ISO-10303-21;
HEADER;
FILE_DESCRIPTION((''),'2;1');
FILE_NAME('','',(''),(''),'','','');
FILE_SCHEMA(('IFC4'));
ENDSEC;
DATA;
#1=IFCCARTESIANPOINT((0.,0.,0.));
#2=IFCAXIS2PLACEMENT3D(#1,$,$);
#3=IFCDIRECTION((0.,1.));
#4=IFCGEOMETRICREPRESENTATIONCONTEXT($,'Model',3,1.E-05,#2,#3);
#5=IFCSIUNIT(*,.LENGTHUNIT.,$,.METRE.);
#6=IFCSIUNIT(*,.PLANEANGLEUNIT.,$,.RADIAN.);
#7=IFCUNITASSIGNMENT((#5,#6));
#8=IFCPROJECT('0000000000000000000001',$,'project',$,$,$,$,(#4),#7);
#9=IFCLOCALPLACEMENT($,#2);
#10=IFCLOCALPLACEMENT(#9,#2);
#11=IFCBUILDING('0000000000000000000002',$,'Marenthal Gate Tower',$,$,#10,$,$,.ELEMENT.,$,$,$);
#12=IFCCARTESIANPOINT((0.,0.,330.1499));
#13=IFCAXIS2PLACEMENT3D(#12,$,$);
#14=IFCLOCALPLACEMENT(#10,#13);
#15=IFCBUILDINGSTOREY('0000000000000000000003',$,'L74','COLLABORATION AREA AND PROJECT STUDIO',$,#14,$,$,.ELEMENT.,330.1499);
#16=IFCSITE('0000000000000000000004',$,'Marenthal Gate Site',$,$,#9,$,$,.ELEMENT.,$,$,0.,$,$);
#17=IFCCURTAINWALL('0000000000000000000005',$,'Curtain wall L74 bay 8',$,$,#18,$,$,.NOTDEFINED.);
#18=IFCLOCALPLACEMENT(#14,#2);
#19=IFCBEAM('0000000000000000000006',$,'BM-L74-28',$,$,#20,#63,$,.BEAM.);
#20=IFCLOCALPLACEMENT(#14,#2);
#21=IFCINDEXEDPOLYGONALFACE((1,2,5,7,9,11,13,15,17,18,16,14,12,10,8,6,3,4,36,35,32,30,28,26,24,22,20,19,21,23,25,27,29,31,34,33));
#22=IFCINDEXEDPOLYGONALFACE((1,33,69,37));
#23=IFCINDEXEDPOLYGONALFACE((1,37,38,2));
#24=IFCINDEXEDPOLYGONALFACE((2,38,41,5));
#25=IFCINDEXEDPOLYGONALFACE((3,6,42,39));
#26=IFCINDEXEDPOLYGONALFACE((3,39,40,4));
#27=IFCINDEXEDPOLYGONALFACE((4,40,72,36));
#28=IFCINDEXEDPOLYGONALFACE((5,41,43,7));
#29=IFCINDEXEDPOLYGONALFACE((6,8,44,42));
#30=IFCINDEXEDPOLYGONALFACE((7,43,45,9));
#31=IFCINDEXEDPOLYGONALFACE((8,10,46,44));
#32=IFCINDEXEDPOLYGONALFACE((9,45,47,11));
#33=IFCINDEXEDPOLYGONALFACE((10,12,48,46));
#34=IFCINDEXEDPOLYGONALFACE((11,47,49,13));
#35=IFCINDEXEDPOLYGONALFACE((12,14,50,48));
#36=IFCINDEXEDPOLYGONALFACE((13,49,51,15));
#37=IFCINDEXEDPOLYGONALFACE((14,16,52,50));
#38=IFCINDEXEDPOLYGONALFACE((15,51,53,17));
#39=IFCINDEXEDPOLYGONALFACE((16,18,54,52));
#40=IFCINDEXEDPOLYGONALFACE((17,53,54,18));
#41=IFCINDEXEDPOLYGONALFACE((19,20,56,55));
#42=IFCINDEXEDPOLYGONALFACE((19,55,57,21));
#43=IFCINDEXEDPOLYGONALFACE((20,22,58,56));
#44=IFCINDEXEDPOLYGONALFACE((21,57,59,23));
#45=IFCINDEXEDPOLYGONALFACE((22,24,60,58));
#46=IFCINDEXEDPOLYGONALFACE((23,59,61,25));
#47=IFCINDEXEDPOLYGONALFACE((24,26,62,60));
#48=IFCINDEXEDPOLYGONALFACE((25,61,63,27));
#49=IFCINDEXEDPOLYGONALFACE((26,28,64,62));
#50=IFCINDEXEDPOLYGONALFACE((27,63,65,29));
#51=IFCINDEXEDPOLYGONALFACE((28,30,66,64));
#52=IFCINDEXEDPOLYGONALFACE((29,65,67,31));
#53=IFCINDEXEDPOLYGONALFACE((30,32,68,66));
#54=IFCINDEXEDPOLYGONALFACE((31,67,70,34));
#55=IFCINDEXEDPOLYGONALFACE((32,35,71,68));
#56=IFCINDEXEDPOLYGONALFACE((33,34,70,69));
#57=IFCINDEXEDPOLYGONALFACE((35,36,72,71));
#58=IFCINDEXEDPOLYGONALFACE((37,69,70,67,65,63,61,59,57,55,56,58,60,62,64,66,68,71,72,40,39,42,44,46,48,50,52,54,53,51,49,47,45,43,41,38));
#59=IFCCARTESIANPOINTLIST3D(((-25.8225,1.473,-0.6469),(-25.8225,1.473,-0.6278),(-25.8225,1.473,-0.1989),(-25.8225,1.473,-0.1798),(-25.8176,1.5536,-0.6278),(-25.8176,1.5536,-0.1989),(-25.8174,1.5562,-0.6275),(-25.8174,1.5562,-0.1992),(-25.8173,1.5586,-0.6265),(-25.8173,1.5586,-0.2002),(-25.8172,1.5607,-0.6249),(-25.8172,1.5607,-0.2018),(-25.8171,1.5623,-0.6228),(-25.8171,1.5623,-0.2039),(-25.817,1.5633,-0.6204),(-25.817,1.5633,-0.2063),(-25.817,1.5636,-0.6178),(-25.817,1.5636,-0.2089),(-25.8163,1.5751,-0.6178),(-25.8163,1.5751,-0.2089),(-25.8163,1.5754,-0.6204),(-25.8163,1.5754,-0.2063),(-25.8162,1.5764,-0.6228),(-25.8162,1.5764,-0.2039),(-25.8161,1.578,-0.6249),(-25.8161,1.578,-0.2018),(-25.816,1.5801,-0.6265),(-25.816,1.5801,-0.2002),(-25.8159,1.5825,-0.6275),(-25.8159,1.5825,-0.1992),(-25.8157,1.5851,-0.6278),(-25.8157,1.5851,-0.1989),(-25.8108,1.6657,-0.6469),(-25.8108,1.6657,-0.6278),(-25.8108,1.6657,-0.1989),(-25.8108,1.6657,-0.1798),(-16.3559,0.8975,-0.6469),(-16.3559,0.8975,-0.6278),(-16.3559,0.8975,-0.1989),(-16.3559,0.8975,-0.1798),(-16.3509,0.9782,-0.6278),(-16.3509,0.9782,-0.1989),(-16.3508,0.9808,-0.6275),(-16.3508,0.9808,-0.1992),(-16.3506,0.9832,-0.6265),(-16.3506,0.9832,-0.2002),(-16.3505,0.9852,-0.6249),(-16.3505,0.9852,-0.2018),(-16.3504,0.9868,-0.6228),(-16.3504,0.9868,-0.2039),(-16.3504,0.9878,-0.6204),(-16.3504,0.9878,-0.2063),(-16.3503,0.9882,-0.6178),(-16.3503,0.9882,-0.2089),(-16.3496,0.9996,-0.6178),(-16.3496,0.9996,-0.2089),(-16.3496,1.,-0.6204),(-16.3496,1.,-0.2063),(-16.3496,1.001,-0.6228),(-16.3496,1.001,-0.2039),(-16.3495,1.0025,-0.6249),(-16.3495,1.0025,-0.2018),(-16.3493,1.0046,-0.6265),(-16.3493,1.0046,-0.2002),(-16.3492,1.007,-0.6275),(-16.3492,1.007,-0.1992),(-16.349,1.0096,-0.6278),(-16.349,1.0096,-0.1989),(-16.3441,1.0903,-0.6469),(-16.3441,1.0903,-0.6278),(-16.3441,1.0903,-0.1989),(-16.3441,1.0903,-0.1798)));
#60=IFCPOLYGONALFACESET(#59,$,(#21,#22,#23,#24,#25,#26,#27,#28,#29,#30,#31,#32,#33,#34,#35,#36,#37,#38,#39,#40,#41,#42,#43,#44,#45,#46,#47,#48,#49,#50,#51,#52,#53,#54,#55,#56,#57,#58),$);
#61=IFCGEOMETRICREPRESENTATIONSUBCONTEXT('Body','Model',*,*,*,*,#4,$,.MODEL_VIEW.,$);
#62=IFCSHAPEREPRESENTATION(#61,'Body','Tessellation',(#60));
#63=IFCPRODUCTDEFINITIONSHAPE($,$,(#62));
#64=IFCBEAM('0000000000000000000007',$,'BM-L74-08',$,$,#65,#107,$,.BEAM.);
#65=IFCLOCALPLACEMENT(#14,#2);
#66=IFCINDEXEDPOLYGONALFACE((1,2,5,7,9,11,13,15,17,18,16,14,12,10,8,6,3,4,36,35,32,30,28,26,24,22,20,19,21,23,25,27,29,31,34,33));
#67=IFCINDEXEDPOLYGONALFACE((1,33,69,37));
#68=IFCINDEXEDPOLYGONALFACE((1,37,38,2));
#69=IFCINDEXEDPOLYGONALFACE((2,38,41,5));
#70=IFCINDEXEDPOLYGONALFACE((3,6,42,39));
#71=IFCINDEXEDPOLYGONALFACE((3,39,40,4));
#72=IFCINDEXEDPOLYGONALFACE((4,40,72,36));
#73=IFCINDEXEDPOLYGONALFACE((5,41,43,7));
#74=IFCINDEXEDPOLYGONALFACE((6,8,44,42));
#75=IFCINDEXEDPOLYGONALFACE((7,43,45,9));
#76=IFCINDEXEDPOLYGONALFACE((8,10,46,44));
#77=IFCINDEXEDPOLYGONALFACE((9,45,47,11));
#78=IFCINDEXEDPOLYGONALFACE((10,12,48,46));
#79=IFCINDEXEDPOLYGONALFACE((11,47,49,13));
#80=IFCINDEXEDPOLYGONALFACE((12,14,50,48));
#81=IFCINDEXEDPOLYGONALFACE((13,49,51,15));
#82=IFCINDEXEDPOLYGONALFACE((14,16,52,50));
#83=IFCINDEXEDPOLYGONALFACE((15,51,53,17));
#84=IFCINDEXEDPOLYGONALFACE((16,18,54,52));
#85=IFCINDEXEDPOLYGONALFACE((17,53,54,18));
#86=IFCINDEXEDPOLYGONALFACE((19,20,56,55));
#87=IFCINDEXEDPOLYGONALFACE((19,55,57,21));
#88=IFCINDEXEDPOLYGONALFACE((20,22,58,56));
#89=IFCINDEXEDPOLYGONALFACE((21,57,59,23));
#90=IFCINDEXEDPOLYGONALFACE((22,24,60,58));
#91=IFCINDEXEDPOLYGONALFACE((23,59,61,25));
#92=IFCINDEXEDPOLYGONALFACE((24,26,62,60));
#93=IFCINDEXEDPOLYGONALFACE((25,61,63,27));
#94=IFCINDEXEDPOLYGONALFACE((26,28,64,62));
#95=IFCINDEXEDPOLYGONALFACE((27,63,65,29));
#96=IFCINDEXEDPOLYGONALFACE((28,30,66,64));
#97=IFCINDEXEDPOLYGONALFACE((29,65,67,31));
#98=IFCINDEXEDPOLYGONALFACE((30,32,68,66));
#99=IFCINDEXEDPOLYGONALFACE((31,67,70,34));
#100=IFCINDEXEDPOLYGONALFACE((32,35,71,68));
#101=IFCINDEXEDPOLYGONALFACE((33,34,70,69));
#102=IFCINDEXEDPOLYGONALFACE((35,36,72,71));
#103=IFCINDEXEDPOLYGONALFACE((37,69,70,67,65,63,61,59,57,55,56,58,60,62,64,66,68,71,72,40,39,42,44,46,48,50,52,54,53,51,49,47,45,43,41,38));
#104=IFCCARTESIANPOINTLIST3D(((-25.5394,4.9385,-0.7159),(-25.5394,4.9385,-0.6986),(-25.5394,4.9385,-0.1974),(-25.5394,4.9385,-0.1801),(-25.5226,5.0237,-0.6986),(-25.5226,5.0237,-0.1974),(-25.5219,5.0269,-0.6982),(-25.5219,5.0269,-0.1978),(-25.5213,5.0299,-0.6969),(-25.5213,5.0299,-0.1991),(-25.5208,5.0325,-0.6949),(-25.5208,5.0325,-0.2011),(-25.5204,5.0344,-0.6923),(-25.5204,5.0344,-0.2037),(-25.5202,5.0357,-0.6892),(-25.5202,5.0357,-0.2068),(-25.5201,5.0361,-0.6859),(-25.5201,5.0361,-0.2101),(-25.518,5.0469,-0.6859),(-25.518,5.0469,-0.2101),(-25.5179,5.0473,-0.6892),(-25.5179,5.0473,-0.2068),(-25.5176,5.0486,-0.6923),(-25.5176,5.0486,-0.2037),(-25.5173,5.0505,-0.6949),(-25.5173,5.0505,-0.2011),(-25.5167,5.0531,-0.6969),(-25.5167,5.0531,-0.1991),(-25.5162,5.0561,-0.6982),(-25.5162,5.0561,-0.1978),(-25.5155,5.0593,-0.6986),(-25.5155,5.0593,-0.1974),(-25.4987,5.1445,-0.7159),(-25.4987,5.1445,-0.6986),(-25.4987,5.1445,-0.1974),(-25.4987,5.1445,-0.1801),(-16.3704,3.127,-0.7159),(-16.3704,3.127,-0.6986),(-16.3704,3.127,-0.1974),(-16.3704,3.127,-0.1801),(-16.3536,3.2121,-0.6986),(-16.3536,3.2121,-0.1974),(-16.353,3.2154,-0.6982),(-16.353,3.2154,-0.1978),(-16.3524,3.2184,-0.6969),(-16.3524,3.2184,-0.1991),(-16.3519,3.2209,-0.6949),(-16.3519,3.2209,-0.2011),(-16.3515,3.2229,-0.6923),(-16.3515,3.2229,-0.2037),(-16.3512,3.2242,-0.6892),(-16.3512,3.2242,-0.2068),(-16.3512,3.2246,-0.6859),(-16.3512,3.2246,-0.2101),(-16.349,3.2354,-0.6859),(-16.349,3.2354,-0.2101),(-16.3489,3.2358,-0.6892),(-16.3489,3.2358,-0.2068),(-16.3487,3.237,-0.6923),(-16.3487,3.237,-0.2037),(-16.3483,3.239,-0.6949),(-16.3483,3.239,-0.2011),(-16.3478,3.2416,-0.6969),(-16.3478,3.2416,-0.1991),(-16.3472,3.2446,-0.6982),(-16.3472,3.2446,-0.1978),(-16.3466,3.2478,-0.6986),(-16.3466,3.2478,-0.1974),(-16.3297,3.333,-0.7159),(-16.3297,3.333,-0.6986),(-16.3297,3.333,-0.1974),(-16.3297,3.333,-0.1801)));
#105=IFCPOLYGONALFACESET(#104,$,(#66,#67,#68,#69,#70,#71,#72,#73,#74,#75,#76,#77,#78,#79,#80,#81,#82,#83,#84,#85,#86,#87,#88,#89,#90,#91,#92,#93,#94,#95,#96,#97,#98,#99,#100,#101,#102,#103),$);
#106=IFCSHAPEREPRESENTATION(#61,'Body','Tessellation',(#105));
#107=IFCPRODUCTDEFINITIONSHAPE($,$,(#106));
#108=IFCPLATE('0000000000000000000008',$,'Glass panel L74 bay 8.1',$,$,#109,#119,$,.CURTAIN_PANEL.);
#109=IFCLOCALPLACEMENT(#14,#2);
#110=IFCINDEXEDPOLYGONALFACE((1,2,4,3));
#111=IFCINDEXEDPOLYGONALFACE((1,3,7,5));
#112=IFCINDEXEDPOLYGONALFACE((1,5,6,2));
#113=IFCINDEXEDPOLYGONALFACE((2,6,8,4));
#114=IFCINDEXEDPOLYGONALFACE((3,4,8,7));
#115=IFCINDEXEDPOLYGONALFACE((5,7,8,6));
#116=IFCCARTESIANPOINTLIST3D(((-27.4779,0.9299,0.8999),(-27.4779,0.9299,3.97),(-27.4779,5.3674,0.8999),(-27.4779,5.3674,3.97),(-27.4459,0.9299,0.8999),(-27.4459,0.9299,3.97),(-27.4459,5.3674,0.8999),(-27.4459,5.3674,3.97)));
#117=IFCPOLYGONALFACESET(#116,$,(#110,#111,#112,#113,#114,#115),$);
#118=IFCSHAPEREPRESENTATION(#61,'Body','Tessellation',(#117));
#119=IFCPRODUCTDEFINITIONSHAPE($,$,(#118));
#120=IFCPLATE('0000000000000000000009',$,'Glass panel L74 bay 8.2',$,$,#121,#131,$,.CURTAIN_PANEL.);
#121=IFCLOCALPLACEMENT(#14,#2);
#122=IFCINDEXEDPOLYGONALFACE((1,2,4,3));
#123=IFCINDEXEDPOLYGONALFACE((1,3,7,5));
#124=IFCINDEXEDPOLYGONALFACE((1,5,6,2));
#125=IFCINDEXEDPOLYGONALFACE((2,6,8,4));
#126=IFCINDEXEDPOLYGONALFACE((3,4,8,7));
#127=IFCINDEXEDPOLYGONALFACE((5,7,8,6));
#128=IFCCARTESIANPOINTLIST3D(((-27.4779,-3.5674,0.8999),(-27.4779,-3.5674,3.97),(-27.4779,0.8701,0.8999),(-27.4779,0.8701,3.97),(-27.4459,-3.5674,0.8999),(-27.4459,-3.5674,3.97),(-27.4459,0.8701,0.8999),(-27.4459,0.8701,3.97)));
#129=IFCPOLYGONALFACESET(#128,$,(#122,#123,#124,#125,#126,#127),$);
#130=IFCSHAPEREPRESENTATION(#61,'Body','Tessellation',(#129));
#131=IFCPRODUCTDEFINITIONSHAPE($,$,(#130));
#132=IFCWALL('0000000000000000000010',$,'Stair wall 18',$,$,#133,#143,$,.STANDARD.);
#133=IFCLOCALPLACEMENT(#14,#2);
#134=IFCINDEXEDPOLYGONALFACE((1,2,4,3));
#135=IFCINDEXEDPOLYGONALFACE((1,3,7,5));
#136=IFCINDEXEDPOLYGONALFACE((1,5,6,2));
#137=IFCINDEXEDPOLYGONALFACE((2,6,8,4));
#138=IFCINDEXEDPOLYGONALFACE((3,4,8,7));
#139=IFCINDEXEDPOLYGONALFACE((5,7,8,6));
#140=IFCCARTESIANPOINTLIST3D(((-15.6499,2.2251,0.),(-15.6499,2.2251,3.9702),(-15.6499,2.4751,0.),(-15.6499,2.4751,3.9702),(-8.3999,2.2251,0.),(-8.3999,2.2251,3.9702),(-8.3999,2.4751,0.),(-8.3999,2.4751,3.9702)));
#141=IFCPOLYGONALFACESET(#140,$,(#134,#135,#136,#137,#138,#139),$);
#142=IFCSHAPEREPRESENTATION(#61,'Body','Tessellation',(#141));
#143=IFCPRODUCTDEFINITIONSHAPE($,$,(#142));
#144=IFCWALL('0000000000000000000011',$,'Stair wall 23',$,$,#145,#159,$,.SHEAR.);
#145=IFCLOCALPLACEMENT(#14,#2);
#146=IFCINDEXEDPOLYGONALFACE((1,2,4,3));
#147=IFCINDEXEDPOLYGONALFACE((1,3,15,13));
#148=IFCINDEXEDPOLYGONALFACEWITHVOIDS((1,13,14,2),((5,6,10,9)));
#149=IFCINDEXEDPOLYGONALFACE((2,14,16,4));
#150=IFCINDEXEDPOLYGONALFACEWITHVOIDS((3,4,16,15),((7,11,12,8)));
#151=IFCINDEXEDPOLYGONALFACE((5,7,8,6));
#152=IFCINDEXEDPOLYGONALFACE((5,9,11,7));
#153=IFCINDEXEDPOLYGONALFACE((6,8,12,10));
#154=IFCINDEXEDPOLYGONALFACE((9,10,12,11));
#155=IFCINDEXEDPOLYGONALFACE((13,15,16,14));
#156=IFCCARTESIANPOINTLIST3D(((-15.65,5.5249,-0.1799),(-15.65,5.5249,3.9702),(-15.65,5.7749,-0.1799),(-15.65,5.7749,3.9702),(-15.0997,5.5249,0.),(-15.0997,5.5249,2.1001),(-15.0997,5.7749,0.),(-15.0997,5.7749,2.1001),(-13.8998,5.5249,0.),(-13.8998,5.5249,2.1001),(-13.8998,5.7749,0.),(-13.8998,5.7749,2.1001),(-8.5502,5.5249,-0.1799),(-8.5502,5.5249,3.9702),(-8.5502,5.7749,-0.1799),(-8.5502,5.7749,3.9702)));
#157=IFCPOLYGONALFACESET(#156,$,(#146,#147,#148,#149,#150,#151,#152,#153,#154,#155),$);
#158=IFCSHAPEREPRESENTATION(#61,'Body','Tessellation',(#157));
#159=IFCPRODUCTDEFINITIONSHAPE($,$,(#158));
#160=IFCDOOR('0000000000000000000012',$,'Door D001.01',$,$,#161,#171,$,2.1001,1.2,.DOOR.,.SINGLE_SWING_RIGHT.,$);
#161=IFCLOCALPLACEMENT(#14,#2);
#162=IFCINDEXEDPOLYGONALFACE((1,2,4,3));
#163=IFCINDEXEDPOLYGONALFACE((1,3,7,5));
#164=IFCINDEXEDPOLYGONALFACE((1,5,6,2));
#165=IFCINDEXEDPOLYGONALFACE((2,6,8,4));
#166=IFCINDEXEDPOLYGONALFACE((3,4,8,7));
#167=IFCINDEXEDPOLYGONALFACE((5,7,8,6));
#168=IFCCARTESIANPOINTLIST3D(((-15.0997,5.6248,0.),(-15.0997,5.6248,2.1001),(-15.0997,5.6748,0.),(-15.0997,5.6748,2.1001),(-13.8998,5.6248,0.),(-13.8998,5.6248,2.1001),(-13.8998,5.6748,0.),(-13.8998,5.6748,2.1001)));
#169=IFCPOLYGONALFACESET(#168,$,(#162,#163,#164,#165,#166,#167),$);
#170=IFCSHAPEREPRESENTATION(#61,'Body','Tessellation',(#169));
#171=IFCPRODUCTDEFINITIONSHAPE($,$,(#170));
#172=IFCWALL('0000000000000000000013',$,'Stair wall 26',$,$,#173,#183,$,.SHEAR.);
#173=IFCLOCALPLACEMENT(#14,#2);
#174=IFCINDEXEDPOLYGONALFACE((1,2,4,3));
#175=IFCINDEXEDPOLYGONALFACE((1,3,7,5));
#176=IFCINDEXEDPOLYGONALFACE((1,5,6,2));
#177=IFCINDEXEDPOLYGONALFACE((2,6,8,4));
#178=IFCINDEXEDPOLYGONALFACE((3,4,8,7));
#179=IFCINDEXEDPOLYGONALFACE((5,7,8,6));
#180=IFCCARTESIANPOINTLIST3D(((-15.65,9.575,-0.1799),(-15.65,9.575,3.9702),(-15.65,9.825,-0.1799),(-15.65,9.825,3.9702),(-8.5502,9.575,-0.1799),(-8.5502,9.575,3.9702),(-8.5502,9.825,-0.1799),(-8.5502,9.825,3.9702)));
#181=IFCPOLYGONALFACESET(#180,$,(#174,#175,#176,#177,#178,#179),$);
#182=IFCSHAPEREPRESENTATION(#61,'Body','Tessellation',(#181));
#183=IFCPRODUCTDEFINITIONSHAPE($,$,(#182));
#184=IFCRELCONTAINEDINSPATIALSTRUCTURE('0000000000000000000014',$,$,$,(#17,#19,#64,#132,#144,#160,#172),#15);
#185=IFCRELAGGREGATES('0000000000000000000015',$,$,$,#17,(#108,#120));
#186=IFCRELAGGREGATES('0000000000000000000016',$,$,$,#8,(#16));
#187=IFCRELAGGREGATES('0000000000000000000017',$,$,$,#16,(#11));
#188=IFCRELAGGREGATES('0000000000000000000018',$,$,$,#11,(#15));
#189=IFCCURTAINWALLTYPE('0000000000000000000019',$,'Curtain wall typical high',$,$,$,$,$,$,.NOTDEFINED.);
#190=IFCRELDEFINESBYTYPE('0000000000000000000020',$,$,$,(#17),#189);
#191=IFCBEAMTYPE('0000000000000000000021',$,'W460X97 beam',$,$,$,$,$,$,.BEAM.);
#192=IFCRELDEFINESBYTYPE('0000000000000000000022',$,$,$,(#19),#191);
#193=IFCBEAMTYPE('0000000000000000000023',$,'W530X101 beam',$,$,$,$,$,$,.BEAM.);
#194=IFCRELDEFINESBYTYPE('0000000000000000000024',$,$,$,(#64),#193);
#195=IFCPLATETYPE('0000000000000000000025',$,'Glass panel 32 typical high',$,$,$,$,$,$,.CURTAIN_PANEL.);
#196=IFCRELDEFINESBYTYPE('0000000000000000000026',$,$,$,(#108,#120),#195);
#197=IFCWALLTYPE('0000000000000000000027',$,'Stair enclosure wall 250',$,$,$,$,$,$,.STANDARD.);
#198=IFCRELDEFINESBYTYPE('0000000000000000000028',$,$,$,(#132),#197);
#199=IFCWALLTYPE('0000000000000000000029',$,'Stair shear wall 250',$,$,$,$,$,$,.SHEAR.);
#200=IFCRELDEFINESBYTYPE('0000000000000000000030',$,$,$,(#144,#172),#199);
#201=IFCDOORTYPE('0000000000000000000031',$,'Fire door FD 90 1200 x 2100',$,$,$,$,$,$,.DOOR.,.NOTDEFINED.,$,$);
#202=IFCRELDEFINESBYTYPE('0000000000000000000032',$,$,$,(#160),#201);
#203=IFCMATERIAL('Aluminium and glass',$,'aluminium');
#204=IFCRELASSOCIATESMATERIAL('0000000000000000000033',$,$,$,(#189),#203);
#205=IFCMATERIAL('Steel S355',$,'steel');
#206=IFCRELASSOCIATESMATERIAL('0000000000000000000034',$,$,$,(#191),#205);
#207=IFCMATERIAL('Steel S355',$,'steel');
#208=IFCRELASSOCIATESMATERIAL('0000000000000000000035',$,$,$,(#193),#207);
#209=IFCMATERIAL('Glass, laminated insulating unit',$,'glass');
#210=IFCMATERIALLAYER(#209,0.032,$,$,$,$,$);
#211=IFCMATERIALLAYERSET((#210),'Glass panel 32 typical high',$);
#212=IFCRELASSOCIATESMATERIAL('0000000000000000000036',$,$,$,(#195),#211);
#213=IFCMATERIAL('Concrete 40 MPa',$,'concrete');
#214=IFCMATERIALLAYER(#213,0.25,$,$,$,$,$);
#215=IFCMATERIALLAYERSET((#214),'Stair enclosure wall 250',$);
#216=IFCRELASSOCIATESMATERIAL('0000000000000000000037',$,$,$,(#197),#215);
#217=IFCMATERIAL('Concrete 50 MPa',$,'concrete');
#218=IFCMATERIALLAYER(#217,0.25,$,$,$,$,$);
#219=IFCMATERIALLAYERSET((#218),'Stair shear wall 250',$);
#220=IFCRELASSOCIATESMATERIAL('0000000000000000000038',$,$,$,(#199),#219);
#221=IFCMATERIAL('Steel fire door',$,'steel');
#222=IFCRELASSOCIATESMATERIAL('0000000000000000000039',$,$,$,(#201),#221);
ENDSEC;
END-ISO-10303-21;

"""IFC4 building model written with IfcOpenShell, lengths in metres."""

from ifc_helpers import new_model, si_unit, direction, frame, frame_2d, origin, origin_2d, place, context, subcontext, project, spatial, rectangle, i_section, extrude, material, layer, layer_set, material_profile, profile_set, type_object, element, fill, aggregate, save


model = new_model("IFC4")

# Units and contexts
model_context = context("Model", 3, precision=1e-05, world=origin(), true_north=direction((0.0, 1.0)))
body_context = subcontext(model_context, "Body", "Model", "MODEL_VIEW")
ifc_project = project(units=[si_unit("LENGTHUNIT", "METRE"), si_unit("PLANEANGLEUNIT", "RADIAN")], contexts=[model_context])

# Site, building, storey
site_placement = place(None, origin())
site = spatial("IfcSite", under=ifc_project, at=site_placement, Name="Marenthal Gate Site", CompositionType="ELEMENT", RefElevation=0.0)
building_placement = place(site_placement, origin())
building = spatial("IfcBuilding", under=site, at=building_placement, Name="Marenthal Gate Tower", CompositionType="ELEMENT")
storey_placement = place(building_placement, frame((0.0, 0.0, 330.1499)))
storey = spatial("IfcBuildingStorey", under=building, at=storey_placement, Name="L74", Description="COLLABORATION AREA AND PROJECT STUDIO", CompositionType="ELEMENT", Elevation=330.1499)

# Curtain wall
ifc_material_1 = material(Name="Aluminium and glass", Category="aluminium")
curtain_wall_type = type_object("IfcCurtainWallType", Name="Curtain wall typical high", PredefinedType="NOTDEFINED", material=ifc_material_1)
curtain_wall_placement = place(storey_placement, origin())
curtain_wall = element("IfcCurtainWall", 1, at=curtain_wall_placement, inside=storey, type_object=curtain_wall_type, Name="Curtain wall L74 bay 8", PredefinedType="NOTDEFINED")

# Beams
ifc_material_2 = material(Name="Steel S355", Category="steel")
ifc_material_profile_1 = material_profile(ifc_material_2, i_section(OverallWidth=0.1931, OverallDepth=0.467, WebThickness=0.0115, FlangeThickness=0.019, FilletRadius=0.01, at=origin_2d()), Name="W460X97")
ifc_profile_set_1 = profile_set([ifc_material_profile_1], Name="Steel S355")
beam_type_1 = type_object("IfcBeamType", Name="W460X97 beam", PredefinedType="BEAM", material=ifc_profile_set_1)
beam_1_placement = place(storey_placement, frame((-25.8167, 1.5693, -0.4133), z_axis=(0.998158, -0.060675, 0.0), x_axis=(0.060675, 0.998158, 0.0)))
element("IfcBeam", 2, at=beam_1_placement, inside=storey, type_object=beam_type_1, Name="BM-L74-28", PredefinedType="BEAM", context=body_context, shape_type="SweptSolid", body=[
    extrude(i_section(OverallWidth=0.1931, OverallDepth=0.467, WebThickness=0.0115, FlangeThickness=0.019, FilletRadius=0.01, at=origin_2d()), origin(), (0.0, 0.0, 1.0), 9.4841),
])
ifc_material_3 = material(Name="Steel S355", Category="steel")
ifc_material_profile_2 = material_profile(ifc_material_3, i_section(OverallWidth=0.21, OverallDepth=0.5359, WebThickness=0.011, FlangeThickness=0.0173, FilletRadius=0.0127, at=origin_2d()), Name="W530X101")
ifc_profile_set_2 = profile_set([ifc_material_profile_2], Name="Steel S355")
beam_type_2 = type_object("IfcBeamType", Name="W530X101 beam", PredefinedType="BEAM", material=ifc_profile_set_2)
beam_2_placement = place(storey_placement, frame((-25.519, 5.0415, -0.448), z_axis=(0.981036, -0.193825, 0.0), x_axis=(0.193825, 0.981036, 0.0)))
element("IfcBeam", 3, at=beam_2_placement, inside=storey, type_object=beam_type_2, Name="BM-L74-08", PredefinedType="BEAM", context=body_context, shape_type="SweptSolid", body=[
    extrude(i_section(OverallWidth=0.21, OverallDepth=0.5359, WebThickness=0.011, FlangeThickness=0.0173, FilletRadius=0.0127, at=origin_2d()), origin(), (0.0, 0.0, 1.0), 9.3462),
])

# Plates
ifc_material_4 = material(Name="Glass, laminated insulating unit", Category="glass")
ifc_layer_1 = layer(ifc_material_4, 0.032)
ifc_layer_set_1 = layer_set([ifc_layer_1], Name="Glass panel 32 typical high")
plate_type = type_object("IfcPlateType", Name="Glass panel 32 typical high", PredefinedType="CURTAIN_PANEL", material=ifc_layer_set_1)
plate_1_placement = place(storey_placement, frame((-27.4619, 3.1487, 0.8999), z_axis=(0.0, 0.0, 1.0), x_axis=(0.0, -1.0, 0.0)))
plate_1 = element("IfcPlate", 4, at=plate_1_placement, type_object=plate_type, Name="Glass panel L74 bay 8.1", PredefinedType="CURTAIN_PANEL", context=body_context, shape_type="SweptSolid", body=[
    extrude(rectangle(XDim=4.4375, YDim=0.032, at=origin_2d()), origin(), (0.0, 0.0, 1.0), 3.0701),
])
plate_2_placement = place(storey_placement, frame((-27.4619, -1.3486, 0.8999), z_axis=(0.0, 0.0, 1.0), x_axis=(0.0, -1.0, 0.0)))
plate_2 = element("IfcPlate", 5, at=plate_2_placement, type_object=plate_type, Name="Glass panel L74 bay 8.2", PredefinedType="CURTAIN_PANEL", context=body_context, shape_type="SweptSolid", body=[
    extrude(rectangle(XDim=4.4375, YDim=0.032, at=origin_2d()), origin(), (0.0, 0.0, 1.0), 3.0701),
])
aggregate(curtain_wall, [plate_1, plate_2])

# Wall
ifc_material_5 = material(Name="Concrete 40 MPa", Category="concrete")
ifc_layer_2 = layer(ifc_material_5, 0.25)
ifc_layer_set_2 = layer_set([ifc_layer_2], Name="Stair enclosure wall 250")
wall_type_1 = type_object("IfcWallType", Name="Stair enclosure wall 250", PredefinedType="STANDARD", material=ifc_layer_set_2)
wall_1_placement = place(storey_placement, frame((-15.6499, 2.3501, 0.0), z_axis=(0.0, 0.0, 1.0), x_axis=(1.0, 0.0, 0.0)))
element("IfcWall", 6, at=wall_1_placement, inside=storey, type_object=wall_type_1, Name="Stair wall 18", PredefinedType="STANDARD", context=body_context, shape_type="SweptSolid", body=[
    extrude(rectangle(XDim=7.25, YDim=0.25, at=frame_2d((3.625, 0.0))), origin(), (0.0, 0.0, 1.0), 3.9702),
])

# Wall, opening, door
ifc_material_6 = material(Name="Concrete 50 MPa", Category="concrete")
ifc_layer_3 = layer(ifc_material_6, 0.25)
ifc_layer_set_3 = layer_set([ifc_layer_3], Name="Stair shear wall 250")
wall_type_2 = type_object("IfcWallType", Name="Stair shear wall 250", PredefinedType="SHEAR", material=ifc_layer_set_3)
wall_2_placement = place(storey_placement, frame((-15.6499, 5.6499, -0.1799), z_axis=(0.0, 0.0, 1.0), x_axis=(1.0, 0.0, 0.0)))
wall_2 = element("IfcWall", 7, at=wall_2_placement, inside=storey, type_object=wall_type_2, Name="Stair wall 23", PredefinedType="SHEAR", context=body_context, shape_type="SweptSolid", body=[
    extrude(rectangle(XDim=7.0999, YDim=0.25, at=frame_2d((3.5498, 0.0))), origin(), (0.0, 0.0, 1.0), 4.1501),
])
opening_placement = place(wall_2_placement, frame((0.55, 0.0, 0.1799)))
opening = element("IfcOpeningElement", 8, at=opening_placement, cuts=wall_2, PredefinedType="OPENING", context=body_context, shape_type="SweptSolid", body=[
    extrude(rectangle(XDim=1.2, YDim=2.1001, at=frame_2d((0.6001, 1.05))), frame((0.0, 0.135, 0.0), z_axis=(0.0, -1.0, 0.0), x_axis=(1.0, 0.0, 0.0)), (0.0, 0.0, 1.0), 0.27),
])
ifc_material_7 = material(Name="Steel fire door", Category="steel")
door_type = type_object("IfcDoorType", Name="Fire door FD 90 1200 x 2100", OperationType="NOTDEFINED", PredefinedType="DOOR", material=ifc_material_7)
door_placement = place(opening_placement, origin())
door = element("IfcDoor", 9, at=door_placement, inside=storey, type_object=door_type, Name="Door D001.01", OperationType="SINGLE_SWING_RIGHT", OverallHeight=2.1001, OverallWidth=1.2, PredefinedType="DOOR", context=body_context, shape_type="SweptSolid", body=[
    extrude(rectangle(XDim=1.2, YDim=2.1001, at=frame_2d((0.6001, 1.05))), frame((0.0, 0.0249, 0.0), z_axis=(0.0, -1.0, 0.0), x_axis=(1.0, 0.0, 0.0)), (0.0, 0.0, 1.0), 0.05),
])
fill(opening, door)

# Wall
wall_3_placement = place(storey_placement, frame((-15.6499, 9.7, -0.1799), z_axis=(0.0, 0.0, 1.0), x_axis=(1.0, 0.0, 0.0)))
element("IfcWall", 10, at=wall_3_placement, inside=storey, type_object=wall_type_2, Name="Stair wall 26", PredefinedType="SHEAR", context=body_context, shape_type="SweptSolid", body=[
    extrude(rectangle(XDim=7.0999, YDim=0.25, at=frame_2d((3.5498, 0.0))), origin(), (0.0, 0.0, 1.0), 4.1501),
])

save(model, "model.ifc")
